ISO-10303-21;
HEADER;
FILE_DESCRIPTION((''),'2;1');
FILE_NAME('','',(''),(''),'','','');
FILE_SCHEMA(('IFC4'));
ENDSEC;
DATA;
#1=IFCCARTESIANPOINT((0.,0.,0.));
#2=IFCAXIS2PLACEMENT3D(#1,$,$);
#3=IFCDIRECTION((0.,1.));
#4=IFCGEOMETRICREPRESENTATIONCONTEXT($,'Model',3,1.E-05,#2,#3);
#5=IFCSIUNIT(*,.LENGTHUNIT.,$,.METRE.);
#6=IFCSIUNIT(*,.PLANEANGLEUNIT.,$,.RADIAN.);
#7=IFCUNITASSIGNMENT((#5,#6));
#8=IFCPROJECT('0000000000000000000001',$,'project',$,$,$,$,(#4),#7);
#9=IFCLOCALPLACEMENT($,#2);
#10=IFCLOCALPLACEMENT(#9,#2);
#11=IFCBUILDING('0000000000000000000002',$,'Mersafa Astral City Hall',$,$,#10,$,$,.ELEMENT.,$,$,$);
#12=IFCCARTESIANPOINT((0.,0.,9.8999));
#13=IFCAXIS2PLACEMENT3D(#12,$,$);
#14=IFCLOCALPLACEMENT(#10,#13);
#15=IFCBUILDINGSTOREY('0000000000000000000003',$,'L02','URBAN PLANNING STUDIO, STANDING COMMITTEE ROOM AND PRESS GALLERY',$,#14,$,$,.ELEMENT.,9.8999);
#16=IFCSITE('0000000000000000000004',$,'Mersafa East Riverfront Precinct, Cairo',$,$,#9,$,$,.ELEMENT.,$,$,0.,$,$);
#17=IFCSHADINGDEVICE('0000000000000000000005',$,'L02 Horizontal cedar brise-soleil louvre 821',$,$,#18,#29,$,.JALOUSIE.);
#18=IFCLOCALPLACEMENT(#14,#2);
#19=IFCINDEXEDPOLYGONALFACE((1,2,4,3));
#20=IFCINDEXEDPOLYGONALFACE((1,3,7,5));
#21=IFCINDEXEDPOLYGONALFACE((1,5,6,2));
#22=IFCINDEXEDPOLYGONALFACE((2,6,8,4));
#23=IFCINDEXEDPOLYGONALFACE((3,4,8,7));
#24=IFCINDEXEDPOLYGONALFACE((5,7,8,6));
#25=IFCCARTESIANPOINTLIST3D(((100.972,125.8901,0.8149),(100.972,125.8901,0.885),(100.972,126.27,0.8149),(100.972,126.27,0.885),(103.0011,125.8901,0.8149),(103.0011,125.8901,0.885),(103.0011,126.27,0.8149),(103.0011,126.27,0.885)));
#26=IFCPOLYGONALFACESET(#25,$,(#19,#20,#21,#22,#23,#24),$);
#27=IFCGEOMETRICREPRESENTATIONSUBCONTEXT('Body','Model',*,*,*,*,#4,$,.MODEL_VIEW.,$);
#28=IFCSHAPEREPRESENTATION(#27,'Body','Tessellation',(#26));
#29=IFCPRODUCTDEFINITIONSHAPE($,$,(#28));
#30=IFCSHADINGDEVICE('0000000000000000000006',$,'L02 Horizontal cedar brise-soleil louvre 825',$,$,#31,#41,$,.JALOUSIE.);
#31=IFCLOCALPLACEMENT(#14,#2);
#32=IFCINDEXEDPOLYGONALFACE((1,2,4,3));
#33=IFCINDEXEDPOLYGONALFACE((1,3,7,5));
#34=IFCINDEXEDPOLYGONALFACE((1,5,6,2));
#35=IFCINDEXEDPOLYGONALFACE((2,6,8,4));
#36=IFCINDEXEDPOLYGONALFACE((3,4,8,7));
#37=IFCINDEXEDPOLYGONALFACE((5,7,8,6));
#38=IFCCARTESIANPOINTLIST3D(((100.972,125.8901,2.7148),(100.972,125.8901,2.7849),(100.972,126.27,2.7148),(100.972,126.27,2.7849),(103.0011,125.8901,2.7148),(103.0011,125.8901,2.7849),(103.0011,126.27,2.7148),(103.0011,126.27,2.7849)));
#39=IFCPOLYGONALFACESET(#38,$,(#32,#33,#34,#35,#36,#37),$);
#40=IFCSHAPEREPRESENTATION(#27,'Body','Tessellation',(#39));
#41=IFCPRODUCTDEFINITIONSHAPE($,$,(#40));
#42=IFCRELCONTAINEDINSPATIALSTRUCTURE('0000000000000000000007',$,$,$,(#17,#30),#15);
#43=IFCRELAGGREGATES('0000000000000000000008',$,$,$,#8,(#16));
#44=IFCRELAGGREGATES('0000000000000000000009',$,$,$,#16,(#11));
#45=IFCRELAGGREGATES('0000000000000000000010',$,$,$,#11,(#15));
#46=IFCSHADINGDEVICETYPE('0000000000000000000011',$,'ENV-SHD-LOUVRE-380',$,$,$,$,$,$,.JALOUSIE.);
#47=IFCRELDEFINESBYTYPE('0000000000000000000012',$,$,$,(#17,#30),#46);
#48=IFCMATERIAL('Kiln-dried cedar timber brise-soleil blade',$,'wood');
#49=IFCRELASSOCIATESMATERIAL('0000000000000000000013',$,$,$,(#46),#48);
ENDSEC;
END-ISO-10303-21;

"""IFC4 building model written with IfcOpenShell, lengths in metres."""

from ifc_helpers import new_model, si_unit, direction, frame, origin, origin_2d, place, context, subcontext, project, spatial, rectangle, extrude, material, type_object, element, save


model = new_model("IFC4")

# Units and contexts
model_context = context("Model", 3, precision=1e-05, world=origin(), true_north=direction((0.0, 1.0)))
body_context = subcontext(model_context, "Body", "Model", "MODEL_VIEW")
ifc_project = project(units=[si_unit("LENGTHUNIT", "METRE"), si_unit("PLANEANGLEUNIT", "RADIAN")], contexts=[model_context])

# Site, building, storey
site_placement = place(None, origin())
site = spatial("IfcSite", under=ifc_project, at=site_placement, Name="Mersafa East Riverfront Precinct, Cairo", CompositionType="ELEMENT", RefElevation=0.0)
building_placement = place(site_placement, origin())
building = spatial("IfcBuilding", under=site, at=building_placement, Name="Mersafa Astral City Hall", CompositionType="ELEMENT")
storey_placement = place(building_placement, frame((0.0, 0.0, 9.8999)))
storey = spatial("IfcBuildingStorey", under=building, at=storey_placement, Name="L02", Description="URBAN PLANNING STUDIO, STANDING COMMITTEE ROOM AND PRESS GALLERY", CompositionType="ELEMENT", Elevation=9.8999)

# Shading devices
ifc_material_1 = material(Name="Kiln-dried cedar timber brise-soleil blade", Category="wood")
shading_device_type = type_object("IfcShadingDeviceType", Name="ENV-SHD-LOUVRE-380", PredefinedType="JALOUSIE", material=ifc_material_1)
for number, where, z_axis, x_axis, name in (
    (1, (101.9866, 126.0801, 0.8149), (0.0, 0.0, 1.0), (-1.0, 0.0, 0.0), "L02 Horizontal cedar brise-soleil louvre 821"),
    (2, (101.9866, 126.0801, 2.7148), (0.0, 0.0, 1.0), (-1.0, 0.0, 0.0), "L02 Horizontal cedar brise-soleil louvre 825"),
):
    element("IfcShadingDevice", number, at=place(storey_placement, frame(where, z_axis=z_axis, x_axis=x_axis)), inside=storey, type_object=shading_device_type, Name=name, PredefinedType="JALOUSIE", context=body_context, shape_type="SweptSolid", body=[
        extrude(rectangle(XDim=2.0291, YDim=0.3799, at=origin_2d()), origin(), (0.0, 0.0, 1.0), 0.0701),
    ])

save(model, "model.ifc")
